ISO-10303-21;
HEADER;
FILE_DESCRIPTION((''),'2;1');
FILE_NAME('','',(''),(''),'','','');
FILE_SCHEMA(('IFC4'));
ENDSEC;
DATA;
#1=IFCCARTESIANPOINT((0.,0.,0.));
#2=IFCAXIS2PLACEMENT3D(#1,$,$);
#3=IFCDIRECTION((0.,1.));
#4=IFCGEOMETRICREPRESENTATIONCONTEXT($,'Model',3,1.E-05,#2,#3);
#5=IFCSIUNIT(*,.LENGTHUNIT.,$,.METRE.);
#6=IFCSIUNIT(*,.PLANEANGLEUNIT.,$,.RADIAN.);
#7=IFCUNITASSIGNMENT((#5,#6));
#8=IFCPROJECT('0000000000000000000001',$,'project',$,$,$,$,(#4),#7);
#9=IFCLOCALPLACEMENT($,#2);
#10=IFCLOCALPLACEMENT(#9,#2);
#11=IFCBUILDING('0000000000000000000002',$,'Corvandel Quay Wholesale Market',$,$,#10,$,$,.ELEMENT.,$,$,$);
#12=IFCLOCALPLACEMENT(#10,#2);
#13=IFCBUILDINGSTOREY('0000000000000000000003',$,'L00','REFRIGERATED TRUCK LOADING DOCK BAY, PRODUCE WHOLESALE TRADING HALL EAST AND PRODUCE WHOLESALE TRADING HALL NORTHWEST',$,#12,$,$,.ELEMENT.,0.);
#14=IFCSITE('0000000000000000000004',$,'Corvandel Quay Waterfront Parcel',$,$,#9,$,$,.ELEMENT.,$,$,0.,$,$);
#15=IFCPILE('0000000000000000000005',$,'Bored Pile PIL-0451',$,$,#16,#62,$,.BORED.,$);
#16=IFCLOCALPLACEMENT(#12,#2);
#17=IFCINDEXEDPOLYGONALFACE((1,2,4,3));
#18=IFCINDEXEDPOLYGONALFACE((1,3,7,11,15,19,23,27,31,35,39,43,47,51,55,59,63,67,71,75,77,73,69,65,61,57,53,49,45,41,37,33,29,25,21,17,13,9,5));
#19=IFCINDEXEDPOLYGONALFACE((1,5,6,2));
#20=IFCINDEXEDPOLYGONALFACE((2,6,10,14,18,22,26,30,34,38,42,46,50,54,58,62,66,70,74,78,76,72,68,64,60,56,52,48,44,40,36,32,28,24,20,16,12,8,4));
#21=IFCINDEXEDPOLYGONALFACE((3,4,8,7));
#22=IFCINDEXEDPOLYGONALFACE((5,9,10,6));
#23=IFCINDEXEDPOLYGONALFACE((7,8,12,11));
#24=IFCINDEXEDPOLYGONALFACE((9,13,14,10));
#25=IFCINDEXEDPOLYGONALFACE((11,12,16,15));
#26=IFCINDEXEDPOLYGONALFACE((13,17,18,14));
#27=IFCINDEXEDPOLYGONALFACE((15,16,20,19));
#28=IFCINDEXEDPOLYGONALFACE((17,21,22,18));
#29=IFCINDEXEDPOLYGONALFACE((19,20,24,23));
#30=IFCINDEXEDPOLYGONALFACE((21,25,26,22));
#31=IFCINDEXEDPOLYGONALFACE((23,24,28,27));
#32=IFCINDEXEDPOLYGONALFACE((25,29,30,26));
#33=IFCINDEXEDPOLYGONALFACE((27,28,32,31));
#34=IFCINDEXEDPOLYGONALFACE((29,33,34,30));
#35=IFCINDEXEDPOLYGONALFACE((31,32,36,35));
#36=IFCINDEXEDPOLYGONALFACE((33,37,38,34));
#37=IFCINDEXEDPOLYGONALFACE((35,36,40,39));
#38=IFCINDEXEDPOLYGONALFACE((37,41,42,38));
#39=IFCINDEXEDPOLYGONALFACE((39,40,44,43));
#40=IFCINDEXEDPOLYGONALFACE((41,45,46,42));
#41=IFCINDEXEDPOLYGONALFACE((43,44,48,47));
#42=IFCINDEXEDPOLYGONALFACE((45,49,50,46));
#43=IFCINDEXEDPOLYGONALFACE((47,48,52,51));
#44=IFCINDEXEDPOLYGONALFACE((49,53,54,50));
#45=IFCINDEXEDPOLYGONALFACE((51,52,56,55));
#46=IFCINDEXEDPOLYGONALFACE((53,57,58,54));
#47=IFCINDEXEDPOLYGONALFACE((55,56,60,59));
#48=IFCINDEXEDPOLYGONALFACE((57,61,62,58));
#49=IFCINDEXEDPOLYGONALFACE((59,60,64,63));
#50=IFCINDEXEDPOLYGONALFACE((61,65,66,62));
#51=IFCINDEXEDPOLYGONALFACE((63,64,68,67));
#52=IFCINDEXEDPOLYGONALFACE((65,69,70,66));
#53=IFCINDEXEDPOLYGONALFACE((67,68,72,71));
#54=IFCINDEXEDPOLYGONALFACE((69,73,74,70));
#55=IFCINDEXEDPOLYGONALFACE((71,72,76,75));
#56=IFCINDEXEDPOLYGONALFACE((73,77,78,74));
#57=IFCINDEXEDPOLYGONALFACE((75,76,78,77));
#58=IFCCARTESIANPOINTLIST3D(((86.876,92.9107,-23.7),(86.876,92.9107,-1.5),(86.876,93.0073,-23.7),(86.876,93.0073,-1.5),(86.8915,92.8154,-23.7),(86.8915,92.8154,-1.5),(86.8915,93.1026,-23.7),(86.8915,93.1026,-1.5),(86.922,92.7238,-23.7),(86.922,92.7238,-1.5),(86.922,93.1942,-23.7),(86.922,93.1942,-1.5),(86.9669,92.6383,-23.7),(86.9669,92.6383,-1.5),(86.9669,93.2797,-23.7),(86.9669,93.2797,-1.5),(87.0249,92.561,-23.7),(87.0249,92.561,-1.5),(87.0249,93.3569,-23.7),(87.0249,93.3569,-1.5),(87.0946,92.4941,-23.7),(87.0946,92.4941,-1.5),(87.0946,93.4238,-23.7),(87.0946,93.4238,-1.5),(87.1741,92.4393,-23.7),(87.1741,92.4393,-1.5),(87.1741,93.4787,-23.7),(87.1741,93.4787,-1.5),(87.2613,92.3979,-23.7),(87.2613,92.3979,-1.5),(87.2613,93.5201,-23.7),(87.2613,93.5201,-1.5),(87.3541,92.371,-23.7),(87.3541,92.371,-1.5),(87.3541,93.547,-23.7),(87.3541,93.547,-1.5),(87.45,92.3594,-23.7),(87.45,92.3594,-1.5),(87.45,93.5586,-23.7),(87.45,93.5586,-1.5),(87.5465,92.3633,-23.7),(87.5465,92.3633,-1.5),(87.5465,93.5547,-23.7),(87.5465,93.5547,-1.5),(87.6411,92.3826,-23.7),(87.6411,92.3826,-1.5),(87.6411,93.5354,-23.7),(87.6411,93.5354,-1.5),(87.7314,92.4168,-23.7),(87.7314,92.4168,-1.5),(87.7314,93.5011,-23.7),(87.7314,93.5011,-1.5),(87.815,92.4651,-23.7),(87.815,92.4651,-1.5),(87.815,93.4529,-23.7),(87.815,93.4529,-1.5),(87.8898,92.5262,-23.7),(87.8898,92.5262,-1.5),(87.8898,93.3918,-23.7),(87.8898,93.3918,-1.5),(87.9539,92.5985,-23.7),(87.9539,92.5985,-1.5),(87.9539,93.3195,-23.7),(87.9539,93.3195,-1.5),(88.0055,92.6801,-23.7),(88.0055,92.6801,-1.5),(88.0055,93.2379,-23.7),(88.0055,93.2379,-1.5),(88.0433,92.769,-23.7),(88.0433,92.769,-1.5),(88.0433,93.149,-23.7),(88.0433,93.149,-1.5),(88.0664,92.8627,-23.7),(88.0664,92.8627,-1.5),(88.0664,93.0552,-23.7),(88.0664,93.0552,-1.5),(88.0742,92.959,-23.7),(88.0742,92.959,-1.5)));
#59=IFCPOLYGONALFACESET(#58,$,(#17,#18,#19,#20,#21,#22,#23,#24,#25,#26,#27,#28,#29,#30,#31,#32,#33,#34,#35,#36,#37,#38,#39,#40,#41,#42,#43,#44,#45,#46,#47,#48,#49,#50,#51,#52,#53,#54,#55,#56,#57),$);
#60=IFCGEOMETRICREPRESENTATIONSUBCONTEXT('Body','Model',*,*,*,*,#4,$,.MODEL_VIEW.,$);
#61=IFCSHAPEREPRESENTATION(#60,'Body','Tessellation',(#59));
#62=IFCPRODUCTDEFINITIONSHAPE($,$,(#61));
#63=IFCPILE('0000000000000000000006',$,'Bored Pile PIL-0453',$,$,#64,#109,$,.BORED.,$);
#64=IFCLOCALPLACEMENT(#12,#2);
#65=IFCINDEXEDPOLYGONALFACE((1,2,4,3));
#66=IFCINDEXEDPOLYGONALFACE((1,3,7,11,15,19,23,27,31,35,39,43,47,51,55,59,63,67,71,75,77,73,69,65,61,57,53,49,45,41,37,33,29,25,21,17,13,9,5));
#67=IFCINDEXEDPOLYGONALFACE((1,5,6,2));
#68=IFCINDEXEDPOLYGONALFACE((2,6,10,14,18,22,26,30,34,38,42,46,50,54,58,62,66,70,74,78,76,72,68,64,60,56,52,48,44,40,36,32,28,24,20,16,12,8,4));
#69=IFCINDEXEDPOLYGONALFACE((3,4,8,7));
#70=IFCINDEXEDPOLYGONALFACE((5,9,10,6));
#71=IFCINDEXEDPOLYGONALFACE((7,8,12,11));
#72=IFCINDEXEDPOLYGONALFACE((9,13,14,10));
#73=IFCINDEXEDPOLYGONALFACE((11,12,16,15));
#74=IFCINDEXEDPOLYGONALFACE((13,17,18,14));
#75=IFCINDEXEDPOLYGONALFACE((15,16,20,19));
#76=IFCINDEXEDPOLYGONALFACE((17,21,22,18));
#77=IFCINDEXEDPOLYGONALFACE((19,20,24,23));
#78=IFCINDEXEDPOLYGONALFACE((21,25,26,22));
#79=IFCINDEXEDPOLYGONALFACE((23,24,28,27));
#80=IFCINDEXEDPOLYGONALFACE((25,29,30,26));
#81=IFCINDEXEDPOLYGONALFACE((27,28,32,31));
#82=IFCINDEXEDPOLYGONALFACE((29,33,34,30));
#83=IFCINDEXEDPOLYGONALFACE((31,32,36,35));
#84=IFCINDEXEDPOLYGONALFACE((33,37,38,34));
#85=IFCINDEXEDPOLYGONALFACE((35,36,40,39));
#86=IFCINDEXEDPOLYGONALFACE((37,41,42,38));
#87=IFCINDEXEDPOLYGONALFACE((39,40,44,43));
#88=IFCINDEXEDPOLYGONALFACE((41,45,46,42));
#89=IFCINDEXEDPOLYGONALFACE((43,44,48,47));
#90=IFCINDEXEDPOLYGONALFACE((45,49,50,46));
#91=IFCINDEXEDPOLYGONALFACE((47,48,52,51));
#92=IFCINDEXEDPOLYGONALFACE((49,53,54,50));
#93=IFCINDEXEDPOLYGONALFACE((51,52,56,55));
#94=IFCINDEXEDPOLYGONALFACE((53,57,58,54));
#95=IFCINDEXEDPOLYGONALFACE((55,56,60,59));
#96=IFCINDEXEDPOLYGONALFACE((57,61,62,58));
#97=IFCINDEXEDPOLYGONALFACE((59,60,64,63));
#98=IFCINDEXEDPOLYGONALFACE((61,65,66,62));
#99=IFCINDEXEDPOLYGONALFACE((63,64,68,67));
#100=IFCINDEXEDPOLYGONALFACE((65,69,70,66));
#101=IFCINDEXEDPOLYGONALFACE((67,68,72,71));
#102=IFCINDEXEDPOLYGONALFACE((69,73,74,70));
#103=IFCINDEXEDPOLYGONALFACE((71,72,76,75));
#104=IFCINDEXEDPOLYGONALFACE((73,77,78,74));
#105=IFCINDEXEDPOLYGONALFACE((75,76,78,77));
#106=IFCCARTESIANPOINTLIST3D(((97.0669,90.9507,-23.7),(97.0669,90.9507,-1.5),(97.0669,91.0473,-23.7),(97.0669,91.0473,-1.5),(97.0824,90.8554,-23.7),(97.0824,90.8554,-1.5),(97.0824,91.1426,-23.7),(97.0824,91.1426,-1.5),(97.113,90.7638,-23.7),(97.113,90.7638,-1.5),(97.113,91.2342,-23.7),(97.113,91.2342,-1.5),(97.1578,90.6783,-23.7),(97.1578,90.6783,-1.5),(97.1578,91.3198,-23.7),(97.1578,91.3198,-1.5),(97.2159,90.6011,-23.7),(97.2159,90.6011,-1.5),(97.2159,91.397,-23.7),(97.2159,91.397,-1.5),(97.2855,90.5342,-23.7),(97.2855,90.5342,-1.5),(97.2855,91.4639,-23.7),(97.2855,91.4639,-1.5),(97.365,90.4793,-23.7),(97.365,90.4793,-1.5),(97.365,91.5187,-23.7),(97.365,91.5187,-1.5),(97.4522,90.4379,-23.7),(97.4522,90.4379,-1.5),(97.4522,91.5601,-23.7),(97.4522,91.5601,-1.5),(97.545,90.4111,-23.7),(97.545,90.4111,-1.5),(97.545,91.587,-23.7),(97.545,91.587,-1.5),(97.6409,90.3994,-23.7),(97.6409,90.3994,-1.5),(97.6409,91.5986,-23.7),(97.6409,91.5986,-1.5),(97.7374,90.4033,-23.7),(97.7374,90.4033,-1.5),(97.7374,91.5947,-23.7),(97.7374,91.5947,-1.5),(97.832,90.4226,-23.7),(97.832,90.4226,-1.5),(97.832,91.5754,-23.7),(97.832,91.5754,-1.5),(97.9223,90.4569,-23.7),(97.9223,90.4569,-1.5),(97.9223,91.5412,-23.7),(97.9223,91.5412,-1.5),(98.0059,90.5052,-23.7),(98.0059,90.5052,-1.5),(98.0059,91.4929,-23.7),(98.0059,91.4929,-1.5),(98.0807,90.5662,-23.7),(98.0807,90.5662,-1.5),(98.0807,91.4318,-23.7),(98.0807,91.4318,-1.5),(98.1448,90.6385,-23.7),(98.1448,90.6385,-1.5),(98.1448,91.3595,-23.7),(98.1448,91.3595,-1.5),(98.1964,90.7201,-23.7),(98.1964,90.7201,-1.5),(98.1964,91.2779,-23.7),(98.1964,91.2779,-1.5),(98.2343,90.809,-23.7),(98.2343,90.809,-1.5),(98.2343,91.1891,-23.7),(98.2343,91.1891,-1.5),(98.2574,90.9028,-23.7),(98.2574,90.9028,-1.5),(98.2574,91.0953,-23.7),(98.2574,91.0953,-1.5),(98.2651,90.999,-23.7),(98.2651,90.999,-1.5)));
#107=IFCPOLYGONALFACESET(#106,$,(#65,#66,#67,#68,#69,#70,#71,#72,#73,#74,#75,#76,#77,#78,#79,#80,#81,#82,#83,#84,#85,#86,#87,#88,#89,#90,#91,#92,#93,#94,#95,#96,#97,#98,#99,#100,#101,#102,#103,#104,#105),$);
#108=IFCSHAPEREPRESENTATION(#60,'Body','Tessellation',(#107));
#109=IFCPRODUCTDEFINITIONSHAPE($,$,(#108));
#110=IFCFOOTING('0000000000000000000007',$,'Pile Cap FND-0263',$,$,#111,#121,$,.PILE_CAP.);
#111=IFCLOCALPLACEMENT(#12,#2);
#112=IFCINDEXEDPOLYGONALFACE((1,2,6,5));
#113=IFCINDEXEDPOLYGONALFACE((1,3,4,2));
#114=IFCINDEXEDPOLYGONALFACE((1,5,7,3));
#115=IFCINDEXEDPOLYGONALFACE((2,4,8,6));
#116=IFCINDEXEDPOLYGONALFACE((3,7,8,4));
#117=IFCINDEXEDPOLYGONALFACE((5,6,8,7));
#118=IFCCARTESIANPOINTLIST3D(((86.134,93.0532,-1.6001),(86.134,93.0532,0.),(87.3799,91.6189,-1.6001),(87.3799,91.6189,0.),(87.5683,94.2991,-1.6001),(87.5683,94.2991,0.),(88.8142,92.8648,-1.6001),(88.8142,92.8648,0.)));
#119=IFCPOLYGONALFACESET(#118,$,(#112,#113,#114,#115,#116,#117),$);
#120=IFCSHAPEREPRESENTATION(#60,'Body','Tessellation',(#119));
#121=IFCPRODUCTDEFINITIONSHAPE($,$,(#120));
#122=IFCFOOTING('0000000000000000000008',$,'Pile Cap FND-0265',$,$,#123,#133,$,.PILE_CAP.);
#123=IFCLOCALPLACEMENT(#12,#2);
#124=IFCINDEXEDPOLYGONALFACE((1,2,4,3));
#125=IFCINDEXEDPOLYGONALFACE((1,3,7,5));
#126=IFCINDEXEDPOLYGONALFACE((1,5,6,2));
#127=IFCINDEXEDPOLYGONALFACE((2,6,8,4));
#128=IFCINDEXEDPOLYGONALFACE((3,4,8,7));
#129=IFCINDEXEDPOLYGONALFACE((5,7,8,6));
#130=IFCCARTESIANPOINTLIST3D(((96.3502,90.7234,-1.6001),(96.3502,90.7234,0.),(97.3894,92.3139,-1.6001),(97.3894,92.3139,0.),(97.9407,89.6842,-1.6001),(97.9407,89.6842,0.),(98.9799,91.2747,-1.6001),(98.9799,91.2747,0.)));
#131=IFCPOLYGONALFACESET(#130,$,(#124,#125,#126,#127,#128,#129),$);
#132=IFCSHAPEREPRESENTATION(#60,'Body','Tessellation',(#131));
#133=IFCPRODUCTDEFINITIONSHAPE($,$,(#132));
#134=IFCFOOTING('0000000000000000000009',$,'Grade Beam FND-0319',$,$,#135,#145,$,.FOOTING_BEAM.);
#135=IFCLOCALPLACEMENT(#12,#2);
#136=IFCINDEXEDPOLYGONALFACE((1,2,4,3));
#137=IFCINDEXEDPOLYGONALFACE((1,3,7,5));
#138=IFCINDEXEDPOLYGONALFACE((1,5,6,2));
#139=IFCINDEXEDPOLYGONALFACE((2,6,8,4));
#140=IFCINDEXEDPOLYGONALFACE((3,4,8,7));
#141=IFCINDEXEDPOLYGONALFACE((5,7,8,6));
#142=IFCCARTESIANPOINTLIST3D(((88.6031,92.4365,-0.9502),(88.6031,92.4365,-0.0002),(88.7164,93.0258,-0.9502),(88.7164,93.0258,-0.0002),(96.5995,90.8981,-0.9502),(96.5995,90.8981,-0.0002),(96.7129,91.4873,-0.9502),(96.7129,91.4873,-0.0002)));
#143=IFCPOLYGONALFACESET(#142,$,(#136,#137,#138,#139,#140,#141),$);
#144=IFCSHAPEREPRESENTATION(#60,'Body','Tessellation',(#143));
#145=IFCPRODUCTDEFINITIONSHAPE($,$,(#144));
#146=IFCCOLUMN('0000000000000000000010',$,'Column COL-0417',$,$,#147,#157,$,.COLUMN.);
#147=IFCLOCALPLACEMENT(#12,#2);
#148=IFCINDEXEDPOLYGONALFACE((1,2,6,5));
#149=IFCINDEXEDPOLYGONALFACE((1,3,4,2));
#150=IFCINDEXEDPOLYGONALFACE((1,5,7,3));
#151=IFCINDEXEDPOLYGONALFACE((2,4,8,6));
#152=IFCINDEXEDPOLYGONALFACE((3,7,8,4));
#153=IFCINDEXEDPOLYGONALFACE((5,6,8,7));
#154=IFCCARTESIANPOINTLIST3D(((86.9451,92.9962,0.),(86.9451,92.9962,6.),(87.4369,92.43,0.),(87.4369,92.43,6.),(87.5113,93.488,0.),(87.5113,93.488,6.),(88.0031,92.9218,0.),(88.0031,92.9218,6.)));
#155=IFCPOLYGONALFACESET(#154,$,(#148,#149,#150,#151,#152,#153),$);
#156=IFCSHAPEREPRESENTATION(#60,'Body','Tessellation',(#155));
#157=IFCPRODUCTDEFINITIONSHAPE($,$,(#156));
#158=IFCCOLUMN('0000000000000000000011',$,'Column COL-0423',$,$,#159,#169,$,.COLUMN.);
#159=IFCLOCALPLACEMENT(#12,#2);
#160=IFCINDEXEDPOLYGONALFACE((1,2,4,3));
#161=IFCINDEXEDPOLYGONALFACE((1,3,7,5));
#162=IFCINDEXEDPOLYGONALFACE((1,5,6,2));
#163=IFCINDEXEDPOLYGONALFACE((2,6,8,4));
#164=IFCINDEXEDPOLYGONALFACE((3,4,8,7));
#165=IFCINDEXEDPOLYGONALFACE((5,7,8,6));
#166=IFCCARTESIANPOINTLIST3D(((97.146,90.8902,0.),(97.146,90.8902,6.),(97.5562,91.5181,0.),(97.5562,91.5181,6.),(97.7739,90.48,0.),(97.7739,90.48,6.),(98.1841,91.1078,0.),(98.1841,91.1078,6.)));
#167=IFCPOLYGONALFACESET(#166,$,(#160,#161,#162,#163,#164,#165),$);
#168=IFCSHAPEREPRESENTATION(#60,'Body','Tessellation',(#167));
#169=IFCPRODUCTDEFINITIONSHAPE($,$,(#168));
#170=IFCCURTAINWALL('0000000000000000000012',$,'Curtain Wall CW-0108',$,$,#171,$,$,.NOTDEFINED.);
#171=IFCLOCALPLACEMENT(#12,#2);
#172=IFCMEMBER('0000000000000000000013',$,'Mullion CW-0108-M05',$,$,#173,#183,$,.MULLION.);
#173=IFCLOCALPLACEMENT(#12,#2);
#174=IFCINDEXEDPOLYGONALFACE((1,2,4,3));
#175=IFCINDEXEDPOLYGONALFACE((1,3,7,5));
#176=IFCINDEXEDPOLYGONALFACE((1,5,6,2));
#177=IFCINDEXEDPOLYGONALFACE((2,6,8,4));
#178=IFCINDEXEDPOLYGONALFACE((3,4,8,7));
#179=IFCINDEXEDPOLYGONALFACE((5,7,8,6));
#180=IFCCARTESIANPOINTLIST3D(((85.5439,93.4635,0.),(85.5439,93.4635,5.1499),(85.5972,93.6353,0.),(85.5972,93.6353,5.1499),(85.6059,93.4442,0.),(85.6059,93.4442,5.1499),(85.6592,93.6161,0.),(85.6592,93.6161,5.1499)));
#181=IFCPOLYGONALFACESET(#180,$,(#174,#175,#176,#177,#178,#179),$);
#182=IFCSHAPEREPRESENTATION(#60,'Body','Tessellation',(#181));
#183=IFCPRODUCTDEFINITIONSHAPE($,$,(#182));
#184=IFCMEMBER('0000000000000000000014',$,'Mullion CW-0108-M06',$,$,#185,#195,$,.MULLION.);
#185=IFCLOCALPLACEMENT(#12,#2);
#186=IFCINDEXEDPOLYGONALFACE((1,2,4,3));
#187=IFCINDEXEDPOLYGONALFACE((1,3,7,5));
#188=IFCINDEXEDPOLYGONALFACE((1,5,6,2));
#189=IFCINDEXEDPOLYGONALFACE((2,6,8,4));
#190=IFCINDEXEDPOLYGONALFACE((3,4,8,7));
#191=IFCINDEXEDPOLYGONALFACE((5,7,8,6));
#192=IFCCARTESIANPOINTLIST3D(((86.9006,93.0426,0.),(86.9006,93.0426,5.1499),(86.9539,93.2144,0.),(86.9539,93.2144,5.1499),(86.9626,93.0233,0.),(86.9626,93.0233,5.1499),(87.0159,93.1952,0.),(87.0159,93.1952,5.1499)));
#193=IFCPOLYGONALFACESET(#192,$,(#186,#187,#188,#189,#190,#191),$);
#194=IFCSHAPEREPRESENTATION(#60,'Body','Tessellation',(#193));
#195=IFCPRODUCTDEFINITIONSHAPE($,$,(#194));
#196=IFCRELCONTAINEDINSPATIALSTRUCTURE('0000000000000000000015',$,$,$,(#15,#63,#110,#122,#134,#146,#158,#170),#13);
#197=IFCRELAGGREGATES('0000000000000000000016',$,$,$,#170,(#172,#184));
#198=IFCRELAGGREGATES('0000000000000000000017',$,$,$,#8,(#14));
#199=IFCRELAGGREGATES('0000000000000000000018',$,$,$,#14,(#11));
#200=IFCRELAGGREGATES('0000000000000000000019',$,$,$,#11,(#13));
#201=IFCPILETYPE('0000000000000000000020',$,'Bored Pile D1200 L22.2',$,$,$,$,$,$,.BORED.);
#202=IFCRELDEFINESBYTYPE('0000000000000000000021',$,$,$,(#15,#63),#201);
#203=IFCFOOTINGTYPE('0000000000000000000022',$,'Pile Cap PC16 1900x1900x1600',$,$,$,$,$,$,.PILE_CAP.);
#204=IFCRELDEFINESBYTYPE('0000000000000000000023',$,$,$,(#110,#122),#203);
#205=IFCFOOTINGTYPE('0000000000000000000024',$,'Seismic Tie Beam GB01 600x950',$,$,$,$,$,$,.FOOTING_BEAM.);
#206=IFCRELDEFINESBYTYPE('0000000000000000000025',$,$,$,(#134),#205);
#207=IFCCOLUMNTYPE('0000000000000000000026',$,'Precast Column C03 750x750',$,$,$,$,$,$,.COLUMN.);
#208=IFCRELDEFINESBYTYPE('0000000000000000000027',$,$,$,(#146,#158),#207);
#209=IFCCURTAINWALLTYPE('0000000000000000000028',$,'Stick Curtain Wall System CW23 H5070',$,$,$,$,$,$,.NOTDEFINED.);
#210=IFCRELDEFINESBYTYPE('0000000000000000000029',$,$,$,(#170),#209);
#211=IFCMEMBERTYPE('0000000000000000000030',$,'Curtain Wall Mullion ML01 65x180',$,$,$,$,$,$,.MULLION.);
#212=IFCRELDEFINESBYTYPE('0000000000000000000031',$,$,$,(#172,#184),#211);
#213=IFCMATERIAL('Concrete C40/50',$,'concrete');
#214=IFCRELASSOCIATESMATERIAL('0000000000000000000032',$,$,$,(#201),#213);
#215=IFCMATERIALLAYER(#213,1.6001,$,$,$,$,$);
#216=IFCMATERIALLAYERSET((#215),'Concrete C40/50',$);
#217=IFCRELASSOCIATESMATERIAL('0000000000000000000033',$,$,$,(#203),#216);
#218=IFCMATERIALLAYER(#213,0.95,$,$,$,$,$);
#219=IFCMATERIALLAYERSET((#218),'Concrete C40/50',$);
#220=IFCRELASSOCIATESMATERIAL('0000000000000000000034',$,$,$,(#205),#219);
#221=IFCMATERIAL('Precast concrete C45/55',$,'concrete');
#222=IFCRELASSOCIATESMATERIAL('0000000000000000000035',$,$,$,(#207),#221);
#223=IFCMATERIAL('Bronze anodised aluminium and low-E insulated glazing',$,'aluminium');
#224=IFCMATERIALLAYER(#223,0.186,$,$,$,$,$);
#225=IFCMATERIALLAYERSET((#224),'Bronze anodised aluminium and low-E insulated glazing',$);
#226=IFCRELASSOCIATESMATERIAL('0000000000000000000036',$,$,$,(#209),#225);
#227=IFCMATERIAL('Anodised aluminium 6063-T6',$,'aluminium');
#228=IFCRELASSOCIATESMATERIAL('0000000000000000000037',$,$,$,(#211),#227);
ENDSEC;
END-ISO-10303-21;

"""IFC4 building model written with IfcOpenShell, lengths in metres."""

from ifc_helpers import new_model, si_unit, direction, frame, origin, origin_2d, place, context, subcontext, project, spatial, rectangle, circle, extrude, material, layer, layer_set, material_profile, profile_set, type_object, element, aggregate, save


model = new_model("IFC4")

# Units and contexts
model_context = context("Model", 3, precision=1e-05, world=origin(), true_north=direction((0.0, 1.0)))
body_context = subcontext(model_context, "Body", "Model", "MODEL_VIEW")
ifc_project = project(units=[si_unit("LENGTHUNIT", "METRE"), si_unit("PLANEANGLEUNIT", "RADIAN")], contexts=[model_context])

# Site, building, storey
site_placement = place(None, origin())
site = spatial("IfcSite", under=ifc_project, at=site_placement, Name="Corvandel Quay Waterfront Parcel", CompositionType="ELEMENT", RefElevation=0.0)
building_placement = place(site_placement, origin())
building = spatial("IfcBuilding", under=site, at=building_placement, Name="Corvandel Quay Wholesale Market", CompositionType="ELEMENT")
storey_placement = place(building_placement, origin())
storey = spatial("IfcBuildingStorey", under=building, at=storey_placement, Name="L00", Description="REFRIGERATED TRUCK LOADING DOCK BAY, PRODUCE WHOLESALE TRADING HALL EAST AND PRODUCE WHOLESALE TRADING HALL NORTHWEST", CompositionType="ELEMENT", Elevation=0.0)

# Piles
ifc_material_1 = material(Name="Concrete C40/50", Category="concrete")
ifc_material_profile_1 = material_profile(ifc_material_1, circle(Radius=0.6001, at=origin_2d()), Name="RC-PILE-D1200")
ifc_profile_set_1 = profile_set([ifc_material_profile_1], Name="Concrete C40/50")
pile_type = type_object("IfcPileType", Name="Bored Pile D1200 L22.2", PredefinedType="BORED", material=ifc_profile_set_1)
for number, where, z_axis, x_axis, name in (
    (1, (87.4741, 92.959, -1.5), (0.0, 0.0, -1.0), (1.0, 0.0, 0.0), "Bored Pile PIL-0451"),
    (2, (97.665, 90.999, -1.5), (0.0, 0.0, -1.0), (1.0, 0.0, 0.0), "Bored Pile PIL-0453"),
):
    element("IfcPile", number, at=place(storey_placement, frame(where, z_axis=z_axis, x_axis=x_axis)), inside=storey, type_object=pile_type, Name=name, PredefinedType="BORED", context=body_context, shape_type="SweptSolid", body=[
        extrude(circle(Radius=0.6001, at=origin_2d()), origin(), (0.0, 0.0, 1.0), 22.2),
    ])

# Footings
ifc_layer_1 = layer(ifc_material_1, 1.6001)
ifc_layer_set_1 = layer_set([ifc_layer_1], Name="Concrete C40/50")
footing_type_1 = type_object("IfcFootingType", Name="Pile Cap PC16 1900x1900x1600", PredefinedType="PILE_CAP", material=ifc_layer_set_1)
for number, where, z_axis, x_axis, name in (
    (3, (87.4741, 92.959, -1.6001), (0.0, 0.0, 1.0), (-0.655796, 0.754939, 0.0), "Pile Cap FND-0263"),
    (4, (97.665, 90.999, -1.6001), (0.0, 0.0, 1.0), (-0.837146, 0.546979, 0.0), "Pile Cap FND-0265"),
):
    element("IfcFooting", number, at=place(storey_placement, frame(where, z_axis=z_axis, x_axis=x_axis)), inside=storey, type_object=footing_type_1, Name=name, PredefinedType="PILE_CAP", context=body_context, shape_type="SweptSolid", body=[
        extrude(rectangle(XDim=1.8999, YDim=1.8999, at=origin_2d()), origin(), (0.0, 0.0, 1.0), 1.6001),
    ])
ifc_layer_2 = layer(ifc_material_1, 0.95)
ifc_layer_set_2 = layer_set([ifc_layer_2], Name="Concrete C40/50")
footing_type_2 = type_object("IfcFootingType", Name="Seismic Tie Beam GB01 600x950", PredefinedType="FOOTING_BEAM", material=ifc_layer_set_2)
footing_placement = place(storey_placement, frame((92.658, 91.9619, -0.9502), z_axis=(0.0, 0.0, 1.0), x_axis=(-0.981992, 0.188924, 0.0)))
element("IfcFooting", 5, at=footing_placement, inside=storey, type_object=footing_type_2, Name="Grade Beam FND-0319", PredefinedType="FOOTING_BEAM", context=body_context, shape_type="SweptSolid", body=[
    extrude(rectangle(XDim=8.1431, YDim=0.6001, at=origin_2d()), origin(), (0.0, 0.0, 1.0), 0.95),
])

# Columns
ifc_material_2 = material(Name="Precast concrete C45/55", Category="concrete")
ifc_material_profile_2 = material_profile(ifc_material_2, rectangle(XDim=0.75, YDim=0.75, at=origin_2d()), Name="PC-COL-750x750")
ifc_profile_set_2 = profile_set([ifc_material_profile_2], Name="Precast concrete C45/55")
column_type = type_object("IfcColumnType", Name="Precast Column C03 750x750", PredefinedType="COLUMN", material=ifc_profile_set_2)
for number, where, z_axis, x_axis, name in (
    (6, (87.4741, 92.959, 0.0), (0.0, 0.0, 1.0), (-0.655796, 0.754939, 0.0), "Column COL-0417"),
    (7, (97.665, 90.999, 0.0), (0.0, 0.0, 1.0), (-0.837146, 0.546979, 0.0), "Column COL-0423"),
):
    element("IfcColumn", number, at=place(storey_placement, frame(where, z_axis=z_axis, x_axis=x_axis)), inside=storey, type_object=column_type, Name=name, PredefinedType="COLUMN", context=body_context, shape_type="SweptSolid", body=[
        extrude(rectangle(XDim=0.75, YDim=0.75, at=origin_2d()), origin(), (0.0, 0.0, 1.0), 6.0),
    ])

# Curtain wall, members
ifc_material_3 = material(Name="Bronze anodised aluminium and low-E insulated glazing", Category="aluminium")
ifc_layer_3 = layer(ifc_material_3, 0.186)
ifc_layer_set_3 = layer_set([ifc_layer_3], Name="Bronze anodised aluminium and low-E insulated glazing")
curtain_wall_type_1 = type_object("IfcCurtainWallType", Name="Stick Curtain Wall System CW23 H5070", PredefinedType="NOTDEFINED", material=ifc_layer_set_3)
curtain_wall_1_placement = place(storey_placement, origin())
curtain_wall_1 = element("IfcCurtainWall", 8, at=curtain_wall_1_placement, inside=storey, type_object=curtain_wall_type_1, Name="Curtain Wall CW-0108", PredefinedType="NOTDEFINED")
ifc_material_4 = material(Name="Anodised aluminium 6063-T6", Category="aluminium")
ifc_material_profile_3 = material_profile(ifc_material_4, rectangle(XDim=0.0649, YDim=0.1799, at=origin_2d()), Name="ALU-MUL-65x180")
ifc_profile_set_3 = profile_set([ifc_material_profile_3], Name="Anodised aluminium 6063-T6")
member_type_1 = type_object("IfcMemberType", Name="Curtain Wall Mullion ML01 65x180", PredefinedType="MULLION", material=ifc_profile_set_3)
member_1_placement = place(storey_placement, frame((85.6016, 93.5398, 0.0), z_axis=(0.0, 0.0, 1.0), x_axis=(-0.955123, 0.296208, 0.0)))
member_1 = element("IfcMember", 9, at=member_1_placement, type_object=member_type_1, Name="Mullion CW-0108-M05", PredefinedType="MULLION", context=body_context, shape_type="SweptSolid", body=[
    extrude(rectangle(XDim=0.0649, YDim=0.1799, at=origin_2d()), origin(), (0.0, 0.0, 1.0), 5.1499),
])
member_2_placement = place(storey_placement, frame((86.9583, 93.1189, 0.0), z_axis=(0.0, 0.0, 1.0), x_axis=(-0.955123, 0.296208, 0.0)))
member_2 = element("IfcMember", 10, at=member_2_placement, type_object=member_type_1, Name="Mullion CW-0108-M06", PredefinedType="MULLION", context=body_context, shape_type="SweptSolid", body=[
    extrude(rectangle(XDim=0.0649, YDim=0.1799, at=origin_2d()), origin(), (0.0, 0.0, 1.0), 5.1499),
])

aggregate(curtain_wall_1, [member_1, member_2])

save(model, "model.ifc")
